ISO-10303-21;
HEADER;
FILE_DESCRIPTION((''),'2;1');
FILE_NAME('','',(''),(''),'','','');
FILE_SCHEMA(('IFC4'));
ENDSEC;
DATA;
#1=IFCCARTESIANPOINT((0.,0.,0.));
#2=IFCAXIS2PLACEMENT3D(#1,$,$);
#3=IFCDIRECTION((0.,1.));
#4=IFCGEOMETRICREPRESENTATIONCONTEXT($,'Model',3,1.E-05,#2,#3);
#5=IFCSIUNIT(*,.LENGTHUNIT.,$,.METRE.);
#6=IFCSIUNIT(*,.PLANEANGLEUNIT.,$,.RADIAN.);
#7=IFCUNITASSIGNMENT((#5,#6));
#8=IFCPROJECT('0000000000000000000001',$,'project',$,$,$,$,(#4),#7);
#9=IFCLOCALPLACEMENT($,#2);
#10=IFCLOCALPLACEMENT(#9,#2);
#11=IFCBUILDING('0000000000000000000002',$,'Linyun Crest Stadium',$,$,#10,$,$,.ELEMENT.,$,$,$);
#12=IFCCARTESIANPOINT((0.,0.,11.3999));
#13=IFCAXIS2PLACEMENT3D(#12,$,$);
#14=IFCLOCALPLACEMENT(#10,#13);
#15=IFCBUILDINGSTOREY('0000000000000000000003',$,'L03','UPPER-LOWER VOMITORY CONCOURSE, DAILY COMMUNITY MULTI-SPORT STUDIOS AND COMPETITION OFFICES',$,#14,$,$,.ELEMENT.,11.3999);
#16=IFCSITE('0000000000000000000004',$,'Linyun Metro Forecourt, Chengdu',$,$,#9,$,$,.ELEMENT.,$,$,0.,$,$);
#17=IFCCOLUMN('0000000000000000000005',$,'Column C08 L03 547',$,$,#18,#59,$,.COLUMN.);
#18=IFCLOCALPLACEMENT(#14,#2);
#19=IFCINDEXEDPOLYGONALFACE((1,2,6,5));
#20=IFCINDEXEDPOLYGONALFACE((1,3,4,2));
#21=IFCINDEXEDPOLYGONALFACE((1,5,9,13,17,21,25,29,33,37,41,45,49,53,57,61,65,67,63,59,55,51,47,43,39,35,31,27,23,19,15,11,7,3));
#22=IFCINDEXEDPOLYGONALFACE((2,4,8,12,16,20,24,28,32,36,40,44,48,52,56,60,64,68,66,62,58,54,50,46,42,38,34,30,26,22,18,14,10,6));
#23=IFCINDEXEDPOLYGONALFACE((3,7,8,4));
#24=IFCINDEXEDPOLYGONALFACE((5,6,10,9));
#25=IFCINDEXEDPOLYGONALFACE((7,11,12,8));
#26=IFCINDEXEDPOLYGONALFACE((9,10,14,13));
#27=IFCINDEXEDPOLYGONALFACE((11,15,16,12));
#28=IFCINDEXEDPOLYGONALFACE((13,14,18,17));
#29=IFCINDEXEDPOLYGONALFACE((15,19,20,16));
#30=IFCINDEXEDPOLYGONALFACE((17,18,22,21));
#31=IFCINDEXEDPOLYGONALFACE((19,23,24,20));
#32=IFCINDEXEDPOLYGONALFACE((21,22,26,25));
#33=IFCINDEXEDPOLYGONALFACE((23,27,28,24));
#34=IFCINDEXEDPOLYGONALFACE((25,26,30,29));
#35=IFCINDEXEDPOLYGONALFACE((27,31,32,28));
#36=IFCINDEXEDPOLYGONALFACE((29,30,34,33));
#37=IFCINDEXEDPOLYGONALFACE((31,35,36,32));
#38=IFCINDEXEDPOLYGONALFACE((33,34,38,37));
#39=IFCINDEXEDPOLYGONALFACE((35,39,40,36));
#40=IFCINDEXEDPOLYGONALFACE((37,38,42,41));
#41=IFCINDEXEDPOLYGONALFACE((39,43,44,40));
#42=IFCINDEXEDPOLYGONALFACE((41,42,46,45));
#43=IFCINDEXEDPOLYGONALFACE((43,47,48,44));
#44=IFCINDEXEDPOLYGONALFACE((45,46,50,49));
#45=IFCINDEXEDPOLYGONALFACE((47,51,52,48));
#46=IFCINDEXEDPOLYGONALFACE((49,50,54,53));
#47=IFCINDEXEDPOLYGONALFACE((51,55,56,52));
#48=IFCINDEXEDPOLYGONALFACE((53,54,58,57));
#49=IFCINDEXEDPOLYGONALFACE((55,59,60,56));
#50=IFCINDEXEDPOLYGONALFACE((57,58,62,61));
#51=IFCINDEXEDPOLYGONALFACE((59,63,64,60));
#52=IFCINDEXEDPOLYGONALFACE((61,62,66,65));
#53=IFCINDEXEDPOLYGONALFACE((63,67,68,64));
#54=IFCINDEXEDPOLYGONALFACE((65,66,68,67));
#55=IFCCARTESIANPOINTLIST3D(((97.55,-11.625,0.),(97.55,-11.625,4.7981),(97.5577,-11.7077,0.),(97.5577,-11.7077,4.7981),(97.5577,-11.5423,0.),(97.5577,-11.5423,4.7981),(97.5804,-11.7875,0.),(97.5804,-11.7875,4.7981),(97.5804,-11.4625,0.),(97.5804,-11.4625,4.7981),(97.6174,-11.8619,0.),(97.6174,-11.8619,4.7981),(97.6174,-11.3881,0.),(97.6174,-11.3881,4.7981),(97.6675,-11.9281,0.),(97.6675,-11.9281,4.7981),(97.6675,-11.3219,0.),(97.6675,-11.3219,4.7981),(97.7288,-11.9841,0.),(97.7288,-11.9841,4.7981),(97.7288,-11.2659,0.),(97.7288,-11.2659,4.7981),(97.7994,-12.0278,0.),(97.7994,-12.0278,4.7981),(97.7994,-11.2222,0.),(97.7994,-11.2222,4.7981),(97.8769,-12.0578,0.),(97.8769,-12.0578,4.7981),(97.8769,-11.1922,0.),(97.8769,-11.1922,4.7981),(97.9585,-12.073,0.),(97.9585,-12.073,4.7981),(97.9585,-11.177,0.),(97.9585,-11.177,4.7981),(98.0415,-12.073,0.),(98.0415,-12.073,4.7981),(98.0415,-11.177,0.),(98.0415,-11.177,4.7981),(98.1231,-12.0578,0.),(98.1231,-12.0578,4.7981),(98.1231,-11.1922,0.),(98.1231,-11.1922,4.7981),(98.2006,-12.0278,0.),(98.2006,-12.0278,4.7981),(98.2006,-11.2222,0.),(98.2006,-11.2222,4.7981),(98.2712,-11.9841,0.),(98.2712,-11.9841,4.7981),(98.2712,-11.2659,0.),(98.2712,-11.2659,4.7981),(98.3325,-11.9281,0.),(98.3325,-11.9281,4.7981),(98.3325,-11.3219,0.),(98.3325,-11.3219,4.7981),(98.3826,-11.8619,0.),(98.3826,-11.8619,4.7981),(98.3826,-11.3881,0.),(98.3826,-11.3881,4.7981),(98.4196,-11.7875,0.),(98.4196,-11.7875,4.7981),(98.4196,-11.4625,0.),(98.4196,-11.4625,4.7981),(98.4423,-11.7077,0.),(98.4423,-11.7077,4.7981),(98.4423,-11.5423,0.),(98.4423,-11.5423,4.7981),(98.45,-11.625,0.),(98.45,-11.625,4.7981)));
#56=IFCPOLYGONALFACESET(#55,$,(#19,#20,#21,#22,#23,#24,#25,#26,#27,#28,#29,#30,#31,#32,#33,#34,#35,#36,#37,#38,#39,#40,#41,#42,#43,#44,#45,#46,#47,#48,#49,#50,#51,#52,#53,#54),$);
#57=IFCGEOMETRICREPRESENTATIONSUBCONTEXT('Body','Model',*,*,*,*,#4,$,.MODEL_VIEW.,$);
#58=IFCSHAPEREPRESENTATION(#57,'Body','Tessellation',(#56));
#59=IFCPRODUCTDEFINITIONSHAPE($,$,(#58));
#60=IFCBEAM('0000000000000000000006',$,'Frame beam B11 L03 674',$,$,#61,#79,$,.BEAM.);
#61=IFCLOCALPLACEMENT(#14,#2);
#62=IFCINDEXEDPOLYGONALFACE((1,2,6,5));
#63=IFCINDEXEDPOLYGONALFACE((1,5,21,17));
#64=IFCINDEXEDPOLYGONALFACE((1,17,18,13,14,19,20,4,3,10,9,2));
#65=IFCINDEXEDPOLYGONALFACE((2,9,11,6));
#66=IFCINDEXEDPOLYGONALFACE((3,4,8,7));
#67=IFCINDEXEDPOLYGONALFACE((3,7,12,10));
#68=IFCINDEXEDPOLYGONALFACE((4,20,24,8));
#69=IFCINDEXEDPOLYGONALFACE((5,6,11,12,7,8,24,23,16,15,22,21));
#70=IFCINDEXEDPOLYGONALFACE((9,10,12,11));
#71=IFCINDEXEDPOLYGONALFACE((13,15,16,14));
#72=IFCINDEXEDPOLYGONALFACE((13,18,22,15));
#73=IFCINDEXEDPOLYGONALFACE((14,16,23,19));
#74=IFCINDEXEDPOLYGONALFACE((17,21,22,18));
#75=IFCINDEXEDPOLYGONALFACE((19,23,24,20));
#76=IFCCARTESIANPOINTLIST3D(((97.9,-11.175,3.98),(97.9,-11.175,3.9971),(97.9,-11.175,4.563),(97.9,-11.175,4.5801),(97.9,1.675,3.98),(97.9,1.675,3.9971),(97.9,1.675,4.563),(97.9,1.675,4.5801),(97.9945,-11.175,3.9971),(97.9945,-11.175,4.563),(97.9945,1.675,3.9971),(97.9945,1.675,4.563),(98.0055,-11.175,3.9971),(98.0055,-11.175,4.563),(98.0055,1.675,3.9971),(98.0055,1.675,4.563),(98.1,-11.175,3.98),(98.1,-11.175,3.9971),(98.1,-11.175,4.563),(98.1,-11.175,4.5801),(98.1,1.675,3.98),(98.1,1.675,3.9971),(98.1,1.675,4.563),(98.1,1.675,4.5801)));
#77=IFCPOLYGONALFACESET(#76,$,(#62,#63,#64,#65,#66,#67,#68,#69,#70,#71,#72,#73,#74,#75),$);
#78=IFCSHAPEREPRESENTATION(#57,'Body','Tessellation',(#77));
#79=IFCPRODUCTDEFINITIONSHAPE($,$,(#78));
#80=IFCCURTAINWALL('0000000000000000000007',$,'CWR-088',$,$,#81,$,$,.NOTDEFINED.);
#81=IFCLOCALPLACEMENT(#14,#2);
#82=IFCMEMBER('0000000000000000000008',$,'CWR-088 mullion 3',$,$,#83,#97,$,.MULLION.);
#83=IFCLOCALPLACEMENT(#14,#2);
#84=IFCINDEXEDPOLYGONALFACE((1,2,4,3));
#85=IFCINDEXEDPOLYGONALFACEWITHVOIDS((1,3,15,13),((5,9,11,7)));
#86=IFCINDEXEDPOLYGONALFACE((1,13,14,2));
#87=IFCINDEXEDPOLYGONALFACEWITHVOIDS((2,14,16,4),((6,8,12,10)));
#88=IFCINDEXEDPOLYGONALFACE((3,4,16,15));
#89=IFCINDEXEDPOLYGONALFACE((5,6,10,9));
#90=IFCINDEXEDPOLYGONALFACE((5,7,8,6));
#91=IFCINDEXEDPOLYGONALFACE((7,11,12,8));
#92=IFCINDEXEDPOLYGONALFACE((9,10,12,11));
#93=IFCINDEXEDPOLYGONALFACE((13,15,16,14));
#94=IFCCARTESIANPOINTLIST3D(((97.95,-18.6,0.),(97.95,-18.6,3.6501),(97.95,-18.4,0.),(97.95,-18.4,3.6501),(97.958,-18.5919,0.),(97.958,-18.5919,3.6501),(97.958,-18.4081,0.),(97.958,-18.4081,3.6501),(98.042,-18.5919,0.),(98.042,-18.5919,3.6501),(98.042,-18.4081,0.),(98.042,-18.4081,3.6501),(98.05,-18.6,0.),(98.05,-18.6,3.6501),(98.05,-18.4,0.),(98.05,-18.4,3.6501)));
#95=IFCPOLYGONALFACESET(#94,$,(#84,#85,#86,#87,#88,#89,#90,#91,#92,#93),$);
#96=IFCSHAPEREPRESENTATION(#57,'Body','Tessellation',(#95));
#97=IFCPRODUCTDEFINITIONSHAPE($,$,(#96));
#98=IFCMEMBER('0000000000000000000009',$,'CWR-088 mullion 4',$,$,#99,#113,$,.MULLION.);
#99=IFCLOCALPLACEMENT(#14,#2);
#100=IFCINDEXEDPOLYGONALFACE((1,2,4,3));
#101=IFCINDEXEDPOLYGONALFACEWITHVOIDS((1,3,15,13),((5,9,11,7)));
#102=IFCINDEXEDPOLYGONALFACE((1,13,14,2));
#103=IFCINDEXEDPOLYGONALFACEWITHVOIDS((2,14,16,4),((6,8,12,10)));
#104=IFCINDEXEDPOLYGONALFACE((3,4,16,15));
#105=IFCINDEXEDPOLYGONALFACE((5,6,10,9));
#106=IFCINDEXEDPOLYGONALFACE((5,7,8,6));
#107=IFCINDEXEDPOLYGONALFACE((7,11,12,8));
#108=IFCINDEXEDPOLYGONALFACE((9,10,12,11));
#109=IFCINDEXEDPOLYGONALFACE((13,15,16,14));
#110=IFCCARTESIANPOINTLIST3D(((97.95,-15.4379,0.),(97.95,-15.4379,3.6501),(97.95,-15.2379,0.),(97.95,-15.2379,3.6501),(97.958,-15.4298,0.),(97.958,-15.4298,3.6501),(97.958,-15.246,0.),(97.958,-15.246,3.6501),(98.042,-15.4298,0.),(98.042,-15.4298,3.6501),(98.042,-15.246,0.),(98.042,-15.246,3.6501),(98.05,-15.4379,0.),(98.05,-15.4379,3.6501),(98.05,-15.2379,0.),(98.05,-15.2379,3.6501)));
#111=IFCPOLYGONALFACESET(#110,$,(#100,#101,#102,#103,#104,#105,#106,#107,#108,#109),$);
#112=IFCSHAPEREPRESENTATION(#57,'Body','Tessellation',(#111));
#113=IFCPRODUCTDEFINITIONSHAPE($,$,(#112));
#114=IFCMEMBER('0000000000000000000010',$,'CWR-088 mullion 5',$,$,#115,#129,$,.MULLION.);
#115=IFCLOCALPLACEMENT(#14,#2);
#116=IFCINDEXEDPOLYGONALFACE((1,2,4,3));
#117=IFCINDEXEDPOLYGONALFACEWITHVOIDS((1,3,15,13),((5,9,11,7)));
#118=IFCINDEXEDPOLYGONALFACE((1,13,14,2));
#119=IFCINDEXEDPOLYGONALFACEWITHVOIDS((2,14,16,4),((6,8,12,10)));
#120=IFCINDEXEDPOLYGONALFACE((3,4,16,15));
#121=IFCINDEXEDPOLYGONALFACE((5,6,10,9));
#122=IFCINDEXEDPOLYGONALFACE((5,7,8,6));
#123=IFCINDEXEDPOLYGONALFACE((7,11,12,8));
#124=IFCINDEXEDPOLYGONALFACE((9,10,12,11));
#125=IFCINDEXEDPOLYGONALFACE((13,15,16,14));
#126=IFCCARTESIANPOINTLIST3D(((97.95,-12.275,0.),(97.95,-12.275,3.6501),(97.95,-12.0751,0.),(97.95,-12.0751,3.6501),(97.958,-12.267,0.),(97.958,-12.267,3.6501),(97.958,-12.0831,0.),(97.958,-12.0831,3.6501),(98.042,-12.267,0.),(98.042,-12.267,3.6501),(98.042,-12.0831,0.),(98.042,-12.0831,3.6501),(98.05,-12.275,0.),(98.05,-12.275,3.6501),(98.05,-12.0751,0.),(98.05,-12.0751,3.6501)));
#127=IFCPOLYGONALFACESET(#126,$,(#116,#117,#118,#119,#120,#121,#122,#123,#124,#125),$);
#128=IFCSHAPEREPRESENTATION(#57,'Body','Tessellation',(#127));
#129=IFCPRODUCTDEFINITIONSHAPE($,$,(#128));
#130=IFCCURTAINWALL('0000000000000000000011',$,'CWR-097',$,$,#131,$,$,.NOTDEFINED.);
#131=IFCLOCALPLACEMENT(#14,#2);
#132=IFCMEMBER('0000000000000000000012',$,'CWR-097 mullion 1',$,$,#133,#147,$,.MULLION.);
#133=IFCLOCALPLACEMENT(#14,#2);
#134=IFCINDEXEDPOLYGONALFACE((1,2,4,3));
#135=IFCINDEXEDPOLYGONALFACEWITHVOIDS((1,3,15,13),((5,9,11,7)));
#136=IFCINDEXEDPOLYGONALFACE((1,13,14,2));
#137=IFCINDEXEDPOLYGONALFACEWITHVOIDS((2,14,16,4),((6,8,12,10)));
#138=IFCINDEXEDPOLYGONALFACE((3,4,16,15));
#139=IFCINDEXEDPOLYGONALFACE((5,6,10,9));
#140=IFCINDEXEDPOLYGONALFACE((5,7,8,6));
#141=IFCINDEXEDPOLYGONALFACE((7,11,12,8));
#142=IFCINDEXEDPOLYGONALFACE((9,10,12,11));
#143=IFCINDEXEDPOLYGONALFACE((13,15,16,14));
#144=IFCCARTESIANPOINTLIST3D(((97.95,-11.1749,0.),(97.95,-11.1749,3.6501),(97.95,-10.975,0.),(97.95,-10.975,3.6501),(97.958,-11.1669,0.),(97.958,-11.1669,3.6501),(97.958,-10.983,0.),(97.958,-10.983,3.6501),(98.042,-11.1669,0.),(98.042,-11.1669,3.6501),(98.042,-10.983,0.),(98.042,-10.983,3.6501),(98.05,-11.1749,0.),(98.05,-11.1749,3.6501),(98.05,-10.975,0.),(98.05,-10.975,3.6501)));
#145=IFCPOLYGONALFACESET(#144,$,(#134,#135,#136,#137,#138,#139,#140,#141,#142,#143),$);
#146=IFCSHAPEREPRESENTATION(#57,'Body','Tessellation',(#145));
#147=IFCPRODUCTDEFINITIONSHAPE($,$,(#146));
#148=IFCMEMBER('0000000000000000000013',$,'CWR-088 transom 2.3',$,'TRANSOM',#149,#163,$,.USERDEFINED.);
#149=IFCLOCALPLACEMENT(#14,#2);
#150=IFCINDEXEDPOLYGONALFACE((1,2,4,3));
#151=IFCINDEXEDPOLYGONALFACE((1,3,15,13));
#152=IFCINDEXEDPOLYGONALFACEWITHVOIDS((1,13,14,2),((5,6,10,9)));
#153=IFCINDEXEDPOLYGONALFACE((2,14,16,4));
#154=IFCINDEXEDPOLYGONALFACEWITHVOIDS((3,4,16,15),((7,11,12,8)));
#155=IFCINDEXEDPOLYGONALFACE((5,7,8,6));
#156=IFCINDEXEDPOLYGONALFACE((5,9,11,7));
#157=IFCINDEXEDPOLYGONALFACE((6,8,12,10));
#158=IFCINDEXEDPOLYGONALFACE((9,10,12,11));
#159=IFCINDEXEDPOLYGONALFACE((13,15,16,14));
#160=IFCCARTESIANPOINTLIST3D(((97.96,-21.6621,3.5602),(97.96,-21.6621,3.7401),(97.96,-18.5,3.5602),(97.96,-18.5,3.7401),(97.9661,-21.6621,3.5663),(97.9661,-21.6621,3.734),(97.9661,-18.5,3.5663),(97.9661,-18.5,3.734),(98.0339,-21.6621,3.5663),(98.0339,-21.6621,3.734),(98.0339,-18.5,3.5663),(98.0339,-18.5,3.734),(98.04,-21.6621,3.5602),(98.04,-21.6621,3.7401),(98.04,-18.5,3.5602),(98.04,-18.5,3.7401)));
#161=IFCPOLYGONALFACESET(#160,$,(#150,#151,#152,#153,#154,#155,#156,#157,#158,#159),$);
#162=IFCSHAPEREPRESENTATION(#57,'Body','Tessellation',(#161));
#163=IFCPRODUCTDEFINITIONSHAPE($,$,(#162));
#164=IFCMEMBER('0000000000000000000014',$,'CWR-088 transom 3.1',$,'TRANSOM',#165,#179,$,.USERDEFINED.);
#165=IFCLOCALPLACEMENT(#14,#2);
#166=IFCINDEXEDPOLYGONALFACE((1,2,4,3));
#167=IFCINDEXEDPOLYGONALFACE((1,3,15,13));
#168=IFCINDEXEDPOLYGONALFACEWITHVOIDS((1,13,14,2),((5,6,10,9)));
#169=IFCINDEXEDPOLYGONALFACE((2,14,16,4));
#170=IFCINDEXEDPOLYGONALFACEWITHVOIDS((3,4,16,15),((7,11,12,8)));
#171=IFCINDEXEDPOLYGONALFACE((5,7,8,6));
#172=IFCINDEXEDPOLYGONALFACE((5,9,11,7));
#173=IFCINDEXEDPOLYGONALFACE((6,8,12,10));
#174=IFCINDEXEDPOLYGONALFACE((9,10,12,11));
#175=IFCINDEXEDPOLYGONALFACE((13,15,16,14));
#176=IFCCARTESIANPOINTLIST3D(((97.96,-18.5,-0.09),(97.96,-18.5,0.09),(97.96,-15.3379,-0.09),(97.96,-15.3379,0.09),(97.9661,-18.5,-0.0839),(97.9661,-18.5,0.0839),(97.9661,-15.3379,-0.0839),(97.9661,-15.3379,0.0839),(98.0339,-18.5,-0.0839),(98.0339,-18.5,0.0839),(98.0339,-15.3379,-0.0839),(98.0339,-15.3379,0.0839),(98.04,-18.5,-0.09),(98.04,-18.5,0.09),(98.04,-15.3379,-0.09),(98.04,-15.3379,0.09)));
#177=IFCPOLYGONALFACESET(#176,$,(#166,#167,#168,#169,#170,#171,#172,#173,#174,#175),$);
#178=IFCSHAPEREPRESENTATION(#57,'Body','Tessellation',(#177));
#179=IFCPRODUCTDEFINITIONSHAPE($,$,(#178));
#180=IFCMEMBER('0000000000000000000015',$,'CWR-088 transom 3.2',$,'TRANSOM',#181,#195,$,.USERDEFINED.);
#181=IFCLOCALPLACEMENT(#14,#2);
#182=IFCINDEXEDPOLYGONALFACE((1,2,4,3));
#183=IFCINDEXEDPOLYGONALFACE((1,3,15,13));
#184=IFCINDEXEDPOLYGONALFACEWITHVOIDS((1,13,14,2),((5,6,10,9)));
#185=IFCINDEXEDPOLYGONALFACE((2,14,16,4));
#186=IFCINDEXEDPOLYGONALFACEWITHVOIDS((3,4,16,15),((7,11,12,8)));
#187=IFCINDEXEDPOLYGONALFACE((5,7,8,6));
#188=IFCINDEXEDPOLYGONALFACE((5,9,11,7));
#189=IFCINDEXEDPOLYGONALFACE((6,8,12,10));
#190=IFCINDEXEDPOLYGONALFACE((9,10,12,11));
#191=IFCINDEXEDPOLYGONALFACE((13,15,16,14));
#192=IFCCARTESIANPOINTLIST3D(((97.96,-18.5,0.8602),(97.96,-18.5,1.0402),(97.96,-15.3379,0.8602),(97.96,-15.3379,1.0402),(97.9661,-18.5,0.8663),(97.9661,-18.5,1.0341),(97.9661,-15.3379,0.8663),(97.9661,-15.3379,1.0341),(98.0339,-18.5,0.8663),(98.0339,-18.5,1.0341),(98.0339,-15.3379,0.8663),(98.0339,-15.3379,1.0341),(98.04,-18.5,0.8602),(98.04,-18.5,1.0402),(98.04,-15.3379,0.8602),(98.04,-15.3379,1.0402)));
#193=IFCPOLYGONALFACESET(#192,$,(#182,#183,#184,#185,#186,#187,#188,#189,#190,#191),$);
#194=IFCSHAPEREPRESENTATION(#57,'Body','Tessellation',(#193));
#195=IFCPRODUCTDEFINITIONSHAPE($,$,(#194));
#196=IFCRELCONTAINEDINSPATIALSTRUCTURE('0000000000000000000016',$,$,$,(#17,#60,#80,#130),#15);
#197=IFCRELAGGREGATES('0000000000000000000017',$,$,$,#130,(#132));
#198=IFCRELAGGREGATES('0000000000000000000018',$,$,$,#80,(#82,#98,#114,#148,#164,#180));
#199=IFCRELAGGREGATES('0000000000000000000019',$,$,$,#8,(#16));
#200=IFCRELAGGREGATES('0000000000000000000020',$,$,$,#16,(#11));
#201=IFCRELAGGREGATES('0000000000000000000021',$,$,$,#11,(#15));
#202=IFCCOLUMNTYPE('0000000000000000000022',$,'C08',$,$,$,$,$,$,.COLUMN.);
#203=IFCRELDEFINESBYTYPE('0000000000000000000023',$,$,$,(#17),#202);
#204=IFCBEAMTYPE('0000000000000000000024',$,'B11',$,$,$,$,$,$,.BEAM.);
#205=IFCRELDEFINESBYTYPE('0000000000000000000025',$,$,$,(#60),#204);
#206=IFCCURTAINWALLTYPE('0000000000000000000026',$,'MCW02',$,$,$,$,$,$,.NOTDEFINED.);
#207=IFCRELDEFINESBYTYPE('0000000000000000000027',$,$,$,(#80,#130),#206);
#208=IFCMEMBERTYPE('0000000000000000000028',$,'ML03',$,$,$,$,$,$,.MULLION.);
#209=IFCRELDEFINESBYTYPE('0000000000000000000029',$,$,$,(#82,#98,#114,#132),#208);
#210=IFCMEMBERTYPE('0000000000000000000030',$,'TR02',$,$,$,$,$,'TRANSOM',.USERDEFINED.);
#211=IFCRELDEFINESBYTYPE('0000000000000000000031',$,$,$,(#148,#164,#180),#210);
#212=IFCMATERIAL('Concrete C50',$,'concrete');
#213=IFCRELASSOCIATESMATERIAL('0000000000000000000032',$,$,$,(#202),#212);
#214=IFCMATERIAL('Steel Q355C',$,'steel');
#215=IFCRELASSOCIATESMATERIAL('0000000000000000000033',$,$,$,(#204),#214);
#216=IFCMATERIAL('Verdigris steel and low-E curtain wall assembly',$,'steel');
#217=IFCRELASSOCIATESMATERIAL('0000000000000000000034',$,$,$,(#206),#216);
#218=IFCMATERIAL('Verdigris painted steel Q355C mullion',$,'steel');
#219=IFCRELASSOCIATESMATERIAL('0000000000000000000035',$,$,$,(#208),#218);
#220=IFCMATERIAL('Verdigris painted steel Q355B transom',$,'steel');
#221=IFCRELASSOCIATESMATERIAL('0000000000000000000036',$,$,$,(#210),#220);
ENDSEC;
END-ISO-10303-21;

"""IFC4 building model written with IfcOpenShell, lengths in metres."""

from ifc_helpers import new_model, si_unit, direction, frame, origin, origin_2d, place, context, subcontext, project, spatial, hollow_rectangle, circle, i_section, extrude, material, material_profile, profile_set, type_object, element, aggregate, save


model = new_model("IFC4")

# Units and contexts
model_context = context("Model", 3, precision=1e-05, world=origin(), true_north=direction((0.0, 1.0)))
body_context = subcontext(model_context, "Body", "Model", "MODEL_VIEW")
ifc_project = project(units=[si_unit("LENGTHUNIT", "METRE"), si_unit("PLANEANGLEUNIT", "RADIAN")], contexts=[model_context])

# Site, building, storey
site_placement = place(None, origin())
site = spatial("IfcSite", under=ifc_project, at=site_placement, Name="Linyun Metro Forecourt, Chengdu", CompositionType="ELEMENT", RefElevation=0.0)
building_placement = place(site_placement, origin())
building = spatial("IfcBuilding", under=site, at=building_placement, Name="Linyun Crest Stadium", CompositionType="ELEMENT")
storey_placement = place(building_placement, frame((0.0, 0.0, 11.3999)))
storey = spatial("IfcBuildingStorey", under=building, at=storey_placement, Name="L03", Description="UPPER-LOWER VOMITORY CONCOURSE, DAILY COMMUNITY MULTI-SPORT STUDIOS AND COMPETITION OFFICES", CompositionType="ELEMENT", Elevation=11.3999)

# Column
ifc_material_1 = material(Name="Concrete C50", Category="concrete")
ifc_material_profile_1 = material_profile(ifc_material_1, circle(Radius=0.45, at=origin_2d()), Name="RC D900")
ifc_profile_set_1 = profile_set([ifc_material_profile_1], Name="Concrete C50")
column_type = type_object("IfcColumnType", Name="C08", PredefinedType="COLUMN", material=ifc_profile_set_1)
column_placement = place(storey_placement, frame((98.0, -11.625, 0.0), z_axis=(0.0, 0.0, 1.0), x_axis=(1.0, 0.0, 0.0)))
element("IfcColumn", 1, at=column_placement, inside=storey, type_object=column_type, Name="Column C08 L03 547", PredefinedType="COLUMN", context=body_context, shape_type="SweptSolid", body=[
    extrude(circle(Radius=0.45, at=origin_2d()), origin(), (0.0, 0.0, 1.0), 4.7981),
])

# Beam
ifc_material_2 = material(Name="Steel Q355C", Category="steel")
ifc_material_profile_2 = material_profile(ifc_material_2, i_section(OverallWidth=0.2, OverallDepth=0.6001, WebThickness=0.011, FlangeThickness=0.0171, at=origin_2d()), Name="HN 600x200")
ifc_profile_set_2 = profile_set([ifc_material_profile_2], Name="Steel Q355C")
beam_type = type_object("IfcBeamType", Name="B11", PredefinedType="BEAM", material=ifc_profile_set_2)
beam_placement = place(storey_placement, frame((98.0, -11.175, 4.28), z_axis=(0.0, 1.0, 0.0), x_axis=(-1.0, 0.0, 0.0)))
element("IfcBeam", 2, at=beam_placement, inside=storey, type_object=beam_type, Name="Frame beam B11 L03 674", PredefinedType="BEAM", context=body_context, shape_type="SweptSolid", body=[
    extrude(i_section(OverallWidth=0.2, OverallDepth=0.6001, WebThickness=0.011, FlangeThickness=0.0171, at=origin_2d()), origin(), (0.0, 0.0, 1.0), 12.8501),
])

# Curtain wall, members
ifc_material_3 = material(Name="Verdigris steel and low-E curtain wall assembly", Category="steel")
curtain_wall_type = type_object("IfcCurtainWallType", Name="MCW02", PredefinedType="NOTDEFINED", material=ifc_material_3)
curtain_wall_1_placement = place(storey_placement, origin())
curtain_wall_1 = element("IfcCurtainWall", 3, at=curtain_wall_1_placement, inside=storey, type_object=curtain_wall_type, Name="CWR-088", PredefinedType="NOTDEFINED")
ifc_material_4 = material(Name="Verdigris painted steel Q355C mullion", Category="steel")
ifc_material_profile_3 = material_profile(ifc_material_4, hollow_rectangle(XDim=0.1001, YDim=0.2, WallThickness=0.0081, at=origin_2d()), Name="RHS 200x100x8")
ifc_profile_set_3 = profile_set([ifc_material_profile_3], Name="Verdigris painted steel Q355C mullion")
member_type_1 = type_object("IfcMemberType", Name="ML03", PredefinedType="MULLION", material=ifc_profile_set_3)
member_1_placement = place(storey_placement, frame((98.0, -18.5, 0.0), z_axis=(0.0, 0.0, 1.0), x_axis=(-1.0, 0.0, 0.0)))
member_1 = element("IfcMember", 4, at=member_1_placement, type_object=member_type_1, Name="CWR-088 mullion 3", PredefinedType="MULLION", context=body_context, shape_type="SweptSolid", body=[
    extrude(hollow_rectangle(XDim=0.1001, YDim=0.2, WallThickness=0.0081, at=origin_2d()), origin(), (0.0, 0.0, 1.0), 3.6501),
])
member_2_placement = place(storey_placement, frame((98.0, -15.3379, 0.0), z_axis=(0.0, 0.0, 1.0), x_axis=(-1.0, 0.0, 0.0)))
member_2 = element("IfcMember", 5, at=member_2_placement, type_object=member_type_1, Name="CWR-088 mullion 4", PredefinedType="MULLION", context=body_context, shape_type="SweptSolid", body=[
    extrude(hollow_rectangle(XDim=0.1001, YDim=0.2, WallThickness=0.0081, at=origin_2d()), origin(), (0.0, 0.0, 1.0), 3.6501),
])
member_3_placement = place(storey_placement, frame((98.0, -12.175, 0.0), z_axis=(0.0, 0.0, 1.0), x_axis=(-1.0, 0.0, 0.0)))
member_3 = element("IfcMember", 6, at=member_3_placement, type_object=member_type_1, Name="CWR-088 mullion 5", PredefinedType="MULLION", context=body_context, shape_type="SweptSolid", body=[
    extrude(hollow_rectangle(XDim=0.1001, YDim=0.2, WallThickness=0.0081, at=origin_2d()), origin(), (0.0, 0.0, 1.0), 3.6501),
])

# Curtain wall, member
curtain_wall_2_placement = place(storey_placement, origin())
curtain_wall_2 = element("IfcCurtainWall", 7, at=curtain_wall_2_placement, inside=storey, type_object=curtain_wall_type, Name="CWR-097", PredefinedType="NOTDEFINED")
member_4_placement = place(storey_placement, frame((98.0, -11.075, 0.0), z_axis=(0.0, 0.0, 1.0), x_axis=(-1.0, 0.0, 0.0)))
member_4 = element("IfcMember", 8, at=member_4_placement, type_object=member_type_1, Name="CWR-097 mullion 1", PredefinedType="MULLION", context=body_context, shape_type="SweptSolid", body=[
    extrude(hollow_rectangle(XDim=0.1001, YDim=0.2, WallThickness=0.0081, at=origin_2d()), origin(), (0.0, 0.0, 1.0), 3.6501),
])

# Members
ifc_material_5 = material(Name="Verdigris painted steel Q355B transom", Category="steel")
ifc_material_profile_4 = material_profile(ifc_material_5, hollow_rectangle(XDim=0.0801, YDim=0.1799, WallThickness=0.0061, at=origin_2d()), Name="RHS 180x80x6")
ifc_profile_set_4 = profile_set([ifc_material_profile_4], Name="Verdigris painted steel Q355B transom")
member_type_2 = type_object("IfcMemberType", Name="TR02", ElementType="TRANSOM", PredefinedType="USERDEFINED", material=ifc_profile_set_4)
member_5_placement = place(storey_placement, frame((98.0, -21.6621, 3.6501), z_axis=(0.0, 1.0, 0.0), x_axis=(-1.0, 0.0, 0.0)))
member_5 = element("IfcMember", 9, at=member_5_placement, type_object=member_type_2, Name="CWR-088 transom 2.3", ObjectType="TRANSOM", PredefinedType="USERDEFINED", context=body_context, shape_type="SweptSolid", body=[
    extrude(hollow_rectangle(XDim=0.0801, YDim=0.1799, WallThickness=0.0061, at=origin_2d()), origin(), (0.0, 0.0, 1.0), 3.1621),
])
member_6_placement = place(storey_placement, frame((98.0, -18.5, 0.0), z_axis=(0.0, 1.0, 0.0), x_axis=(-1.0, 0.0, 0.0)))
member_6 = element("IfcMember", 10, at=member_6_placement, type_object=member_type_2, Name="CWR-088 transom 3.1", ObjectType="TRANSOM", PredefinedType="USERDEFINED", context=body_context, shape_type="SweptSolid", body=[
    extrude(hollow_rectangle(XDim=0.0801, YDim=0.1799, WallThickness=0.0061, at=origin_2d()), origin(), (0.0, 0.0, 1.0), 3.1621),
])
member_7_placement = place(storey_placement, frame((98.0, -18.5, 0.9502), z_axis=(0.0, 1.0, 0.0), x_axis=(-1.0, 0.0, 0.0)))
member_7 = element("IfcMember", 11, at=member_7_placement, type_object=member_type_2, Name="CWR-088 transom 3.2", ObjectType="TRANSOM", PredefinedType="USERDEFINED", context=body_context, shape_type="SweptSolid", body=[
    extrude(hollow_rectangle(XDim=0.0801, YDim=0.1799, WallThickness=0.0061, at=origin_2d()), origin(), (0.0, 0.0, 1.0), 3.1621),
])
aggregate(curtain_wall_2, [member_4])

aggregate(curtain_wall_1, [member_1, member_2, member_3, member_5, member_6, member_7])

save(model, "model.ifc")
